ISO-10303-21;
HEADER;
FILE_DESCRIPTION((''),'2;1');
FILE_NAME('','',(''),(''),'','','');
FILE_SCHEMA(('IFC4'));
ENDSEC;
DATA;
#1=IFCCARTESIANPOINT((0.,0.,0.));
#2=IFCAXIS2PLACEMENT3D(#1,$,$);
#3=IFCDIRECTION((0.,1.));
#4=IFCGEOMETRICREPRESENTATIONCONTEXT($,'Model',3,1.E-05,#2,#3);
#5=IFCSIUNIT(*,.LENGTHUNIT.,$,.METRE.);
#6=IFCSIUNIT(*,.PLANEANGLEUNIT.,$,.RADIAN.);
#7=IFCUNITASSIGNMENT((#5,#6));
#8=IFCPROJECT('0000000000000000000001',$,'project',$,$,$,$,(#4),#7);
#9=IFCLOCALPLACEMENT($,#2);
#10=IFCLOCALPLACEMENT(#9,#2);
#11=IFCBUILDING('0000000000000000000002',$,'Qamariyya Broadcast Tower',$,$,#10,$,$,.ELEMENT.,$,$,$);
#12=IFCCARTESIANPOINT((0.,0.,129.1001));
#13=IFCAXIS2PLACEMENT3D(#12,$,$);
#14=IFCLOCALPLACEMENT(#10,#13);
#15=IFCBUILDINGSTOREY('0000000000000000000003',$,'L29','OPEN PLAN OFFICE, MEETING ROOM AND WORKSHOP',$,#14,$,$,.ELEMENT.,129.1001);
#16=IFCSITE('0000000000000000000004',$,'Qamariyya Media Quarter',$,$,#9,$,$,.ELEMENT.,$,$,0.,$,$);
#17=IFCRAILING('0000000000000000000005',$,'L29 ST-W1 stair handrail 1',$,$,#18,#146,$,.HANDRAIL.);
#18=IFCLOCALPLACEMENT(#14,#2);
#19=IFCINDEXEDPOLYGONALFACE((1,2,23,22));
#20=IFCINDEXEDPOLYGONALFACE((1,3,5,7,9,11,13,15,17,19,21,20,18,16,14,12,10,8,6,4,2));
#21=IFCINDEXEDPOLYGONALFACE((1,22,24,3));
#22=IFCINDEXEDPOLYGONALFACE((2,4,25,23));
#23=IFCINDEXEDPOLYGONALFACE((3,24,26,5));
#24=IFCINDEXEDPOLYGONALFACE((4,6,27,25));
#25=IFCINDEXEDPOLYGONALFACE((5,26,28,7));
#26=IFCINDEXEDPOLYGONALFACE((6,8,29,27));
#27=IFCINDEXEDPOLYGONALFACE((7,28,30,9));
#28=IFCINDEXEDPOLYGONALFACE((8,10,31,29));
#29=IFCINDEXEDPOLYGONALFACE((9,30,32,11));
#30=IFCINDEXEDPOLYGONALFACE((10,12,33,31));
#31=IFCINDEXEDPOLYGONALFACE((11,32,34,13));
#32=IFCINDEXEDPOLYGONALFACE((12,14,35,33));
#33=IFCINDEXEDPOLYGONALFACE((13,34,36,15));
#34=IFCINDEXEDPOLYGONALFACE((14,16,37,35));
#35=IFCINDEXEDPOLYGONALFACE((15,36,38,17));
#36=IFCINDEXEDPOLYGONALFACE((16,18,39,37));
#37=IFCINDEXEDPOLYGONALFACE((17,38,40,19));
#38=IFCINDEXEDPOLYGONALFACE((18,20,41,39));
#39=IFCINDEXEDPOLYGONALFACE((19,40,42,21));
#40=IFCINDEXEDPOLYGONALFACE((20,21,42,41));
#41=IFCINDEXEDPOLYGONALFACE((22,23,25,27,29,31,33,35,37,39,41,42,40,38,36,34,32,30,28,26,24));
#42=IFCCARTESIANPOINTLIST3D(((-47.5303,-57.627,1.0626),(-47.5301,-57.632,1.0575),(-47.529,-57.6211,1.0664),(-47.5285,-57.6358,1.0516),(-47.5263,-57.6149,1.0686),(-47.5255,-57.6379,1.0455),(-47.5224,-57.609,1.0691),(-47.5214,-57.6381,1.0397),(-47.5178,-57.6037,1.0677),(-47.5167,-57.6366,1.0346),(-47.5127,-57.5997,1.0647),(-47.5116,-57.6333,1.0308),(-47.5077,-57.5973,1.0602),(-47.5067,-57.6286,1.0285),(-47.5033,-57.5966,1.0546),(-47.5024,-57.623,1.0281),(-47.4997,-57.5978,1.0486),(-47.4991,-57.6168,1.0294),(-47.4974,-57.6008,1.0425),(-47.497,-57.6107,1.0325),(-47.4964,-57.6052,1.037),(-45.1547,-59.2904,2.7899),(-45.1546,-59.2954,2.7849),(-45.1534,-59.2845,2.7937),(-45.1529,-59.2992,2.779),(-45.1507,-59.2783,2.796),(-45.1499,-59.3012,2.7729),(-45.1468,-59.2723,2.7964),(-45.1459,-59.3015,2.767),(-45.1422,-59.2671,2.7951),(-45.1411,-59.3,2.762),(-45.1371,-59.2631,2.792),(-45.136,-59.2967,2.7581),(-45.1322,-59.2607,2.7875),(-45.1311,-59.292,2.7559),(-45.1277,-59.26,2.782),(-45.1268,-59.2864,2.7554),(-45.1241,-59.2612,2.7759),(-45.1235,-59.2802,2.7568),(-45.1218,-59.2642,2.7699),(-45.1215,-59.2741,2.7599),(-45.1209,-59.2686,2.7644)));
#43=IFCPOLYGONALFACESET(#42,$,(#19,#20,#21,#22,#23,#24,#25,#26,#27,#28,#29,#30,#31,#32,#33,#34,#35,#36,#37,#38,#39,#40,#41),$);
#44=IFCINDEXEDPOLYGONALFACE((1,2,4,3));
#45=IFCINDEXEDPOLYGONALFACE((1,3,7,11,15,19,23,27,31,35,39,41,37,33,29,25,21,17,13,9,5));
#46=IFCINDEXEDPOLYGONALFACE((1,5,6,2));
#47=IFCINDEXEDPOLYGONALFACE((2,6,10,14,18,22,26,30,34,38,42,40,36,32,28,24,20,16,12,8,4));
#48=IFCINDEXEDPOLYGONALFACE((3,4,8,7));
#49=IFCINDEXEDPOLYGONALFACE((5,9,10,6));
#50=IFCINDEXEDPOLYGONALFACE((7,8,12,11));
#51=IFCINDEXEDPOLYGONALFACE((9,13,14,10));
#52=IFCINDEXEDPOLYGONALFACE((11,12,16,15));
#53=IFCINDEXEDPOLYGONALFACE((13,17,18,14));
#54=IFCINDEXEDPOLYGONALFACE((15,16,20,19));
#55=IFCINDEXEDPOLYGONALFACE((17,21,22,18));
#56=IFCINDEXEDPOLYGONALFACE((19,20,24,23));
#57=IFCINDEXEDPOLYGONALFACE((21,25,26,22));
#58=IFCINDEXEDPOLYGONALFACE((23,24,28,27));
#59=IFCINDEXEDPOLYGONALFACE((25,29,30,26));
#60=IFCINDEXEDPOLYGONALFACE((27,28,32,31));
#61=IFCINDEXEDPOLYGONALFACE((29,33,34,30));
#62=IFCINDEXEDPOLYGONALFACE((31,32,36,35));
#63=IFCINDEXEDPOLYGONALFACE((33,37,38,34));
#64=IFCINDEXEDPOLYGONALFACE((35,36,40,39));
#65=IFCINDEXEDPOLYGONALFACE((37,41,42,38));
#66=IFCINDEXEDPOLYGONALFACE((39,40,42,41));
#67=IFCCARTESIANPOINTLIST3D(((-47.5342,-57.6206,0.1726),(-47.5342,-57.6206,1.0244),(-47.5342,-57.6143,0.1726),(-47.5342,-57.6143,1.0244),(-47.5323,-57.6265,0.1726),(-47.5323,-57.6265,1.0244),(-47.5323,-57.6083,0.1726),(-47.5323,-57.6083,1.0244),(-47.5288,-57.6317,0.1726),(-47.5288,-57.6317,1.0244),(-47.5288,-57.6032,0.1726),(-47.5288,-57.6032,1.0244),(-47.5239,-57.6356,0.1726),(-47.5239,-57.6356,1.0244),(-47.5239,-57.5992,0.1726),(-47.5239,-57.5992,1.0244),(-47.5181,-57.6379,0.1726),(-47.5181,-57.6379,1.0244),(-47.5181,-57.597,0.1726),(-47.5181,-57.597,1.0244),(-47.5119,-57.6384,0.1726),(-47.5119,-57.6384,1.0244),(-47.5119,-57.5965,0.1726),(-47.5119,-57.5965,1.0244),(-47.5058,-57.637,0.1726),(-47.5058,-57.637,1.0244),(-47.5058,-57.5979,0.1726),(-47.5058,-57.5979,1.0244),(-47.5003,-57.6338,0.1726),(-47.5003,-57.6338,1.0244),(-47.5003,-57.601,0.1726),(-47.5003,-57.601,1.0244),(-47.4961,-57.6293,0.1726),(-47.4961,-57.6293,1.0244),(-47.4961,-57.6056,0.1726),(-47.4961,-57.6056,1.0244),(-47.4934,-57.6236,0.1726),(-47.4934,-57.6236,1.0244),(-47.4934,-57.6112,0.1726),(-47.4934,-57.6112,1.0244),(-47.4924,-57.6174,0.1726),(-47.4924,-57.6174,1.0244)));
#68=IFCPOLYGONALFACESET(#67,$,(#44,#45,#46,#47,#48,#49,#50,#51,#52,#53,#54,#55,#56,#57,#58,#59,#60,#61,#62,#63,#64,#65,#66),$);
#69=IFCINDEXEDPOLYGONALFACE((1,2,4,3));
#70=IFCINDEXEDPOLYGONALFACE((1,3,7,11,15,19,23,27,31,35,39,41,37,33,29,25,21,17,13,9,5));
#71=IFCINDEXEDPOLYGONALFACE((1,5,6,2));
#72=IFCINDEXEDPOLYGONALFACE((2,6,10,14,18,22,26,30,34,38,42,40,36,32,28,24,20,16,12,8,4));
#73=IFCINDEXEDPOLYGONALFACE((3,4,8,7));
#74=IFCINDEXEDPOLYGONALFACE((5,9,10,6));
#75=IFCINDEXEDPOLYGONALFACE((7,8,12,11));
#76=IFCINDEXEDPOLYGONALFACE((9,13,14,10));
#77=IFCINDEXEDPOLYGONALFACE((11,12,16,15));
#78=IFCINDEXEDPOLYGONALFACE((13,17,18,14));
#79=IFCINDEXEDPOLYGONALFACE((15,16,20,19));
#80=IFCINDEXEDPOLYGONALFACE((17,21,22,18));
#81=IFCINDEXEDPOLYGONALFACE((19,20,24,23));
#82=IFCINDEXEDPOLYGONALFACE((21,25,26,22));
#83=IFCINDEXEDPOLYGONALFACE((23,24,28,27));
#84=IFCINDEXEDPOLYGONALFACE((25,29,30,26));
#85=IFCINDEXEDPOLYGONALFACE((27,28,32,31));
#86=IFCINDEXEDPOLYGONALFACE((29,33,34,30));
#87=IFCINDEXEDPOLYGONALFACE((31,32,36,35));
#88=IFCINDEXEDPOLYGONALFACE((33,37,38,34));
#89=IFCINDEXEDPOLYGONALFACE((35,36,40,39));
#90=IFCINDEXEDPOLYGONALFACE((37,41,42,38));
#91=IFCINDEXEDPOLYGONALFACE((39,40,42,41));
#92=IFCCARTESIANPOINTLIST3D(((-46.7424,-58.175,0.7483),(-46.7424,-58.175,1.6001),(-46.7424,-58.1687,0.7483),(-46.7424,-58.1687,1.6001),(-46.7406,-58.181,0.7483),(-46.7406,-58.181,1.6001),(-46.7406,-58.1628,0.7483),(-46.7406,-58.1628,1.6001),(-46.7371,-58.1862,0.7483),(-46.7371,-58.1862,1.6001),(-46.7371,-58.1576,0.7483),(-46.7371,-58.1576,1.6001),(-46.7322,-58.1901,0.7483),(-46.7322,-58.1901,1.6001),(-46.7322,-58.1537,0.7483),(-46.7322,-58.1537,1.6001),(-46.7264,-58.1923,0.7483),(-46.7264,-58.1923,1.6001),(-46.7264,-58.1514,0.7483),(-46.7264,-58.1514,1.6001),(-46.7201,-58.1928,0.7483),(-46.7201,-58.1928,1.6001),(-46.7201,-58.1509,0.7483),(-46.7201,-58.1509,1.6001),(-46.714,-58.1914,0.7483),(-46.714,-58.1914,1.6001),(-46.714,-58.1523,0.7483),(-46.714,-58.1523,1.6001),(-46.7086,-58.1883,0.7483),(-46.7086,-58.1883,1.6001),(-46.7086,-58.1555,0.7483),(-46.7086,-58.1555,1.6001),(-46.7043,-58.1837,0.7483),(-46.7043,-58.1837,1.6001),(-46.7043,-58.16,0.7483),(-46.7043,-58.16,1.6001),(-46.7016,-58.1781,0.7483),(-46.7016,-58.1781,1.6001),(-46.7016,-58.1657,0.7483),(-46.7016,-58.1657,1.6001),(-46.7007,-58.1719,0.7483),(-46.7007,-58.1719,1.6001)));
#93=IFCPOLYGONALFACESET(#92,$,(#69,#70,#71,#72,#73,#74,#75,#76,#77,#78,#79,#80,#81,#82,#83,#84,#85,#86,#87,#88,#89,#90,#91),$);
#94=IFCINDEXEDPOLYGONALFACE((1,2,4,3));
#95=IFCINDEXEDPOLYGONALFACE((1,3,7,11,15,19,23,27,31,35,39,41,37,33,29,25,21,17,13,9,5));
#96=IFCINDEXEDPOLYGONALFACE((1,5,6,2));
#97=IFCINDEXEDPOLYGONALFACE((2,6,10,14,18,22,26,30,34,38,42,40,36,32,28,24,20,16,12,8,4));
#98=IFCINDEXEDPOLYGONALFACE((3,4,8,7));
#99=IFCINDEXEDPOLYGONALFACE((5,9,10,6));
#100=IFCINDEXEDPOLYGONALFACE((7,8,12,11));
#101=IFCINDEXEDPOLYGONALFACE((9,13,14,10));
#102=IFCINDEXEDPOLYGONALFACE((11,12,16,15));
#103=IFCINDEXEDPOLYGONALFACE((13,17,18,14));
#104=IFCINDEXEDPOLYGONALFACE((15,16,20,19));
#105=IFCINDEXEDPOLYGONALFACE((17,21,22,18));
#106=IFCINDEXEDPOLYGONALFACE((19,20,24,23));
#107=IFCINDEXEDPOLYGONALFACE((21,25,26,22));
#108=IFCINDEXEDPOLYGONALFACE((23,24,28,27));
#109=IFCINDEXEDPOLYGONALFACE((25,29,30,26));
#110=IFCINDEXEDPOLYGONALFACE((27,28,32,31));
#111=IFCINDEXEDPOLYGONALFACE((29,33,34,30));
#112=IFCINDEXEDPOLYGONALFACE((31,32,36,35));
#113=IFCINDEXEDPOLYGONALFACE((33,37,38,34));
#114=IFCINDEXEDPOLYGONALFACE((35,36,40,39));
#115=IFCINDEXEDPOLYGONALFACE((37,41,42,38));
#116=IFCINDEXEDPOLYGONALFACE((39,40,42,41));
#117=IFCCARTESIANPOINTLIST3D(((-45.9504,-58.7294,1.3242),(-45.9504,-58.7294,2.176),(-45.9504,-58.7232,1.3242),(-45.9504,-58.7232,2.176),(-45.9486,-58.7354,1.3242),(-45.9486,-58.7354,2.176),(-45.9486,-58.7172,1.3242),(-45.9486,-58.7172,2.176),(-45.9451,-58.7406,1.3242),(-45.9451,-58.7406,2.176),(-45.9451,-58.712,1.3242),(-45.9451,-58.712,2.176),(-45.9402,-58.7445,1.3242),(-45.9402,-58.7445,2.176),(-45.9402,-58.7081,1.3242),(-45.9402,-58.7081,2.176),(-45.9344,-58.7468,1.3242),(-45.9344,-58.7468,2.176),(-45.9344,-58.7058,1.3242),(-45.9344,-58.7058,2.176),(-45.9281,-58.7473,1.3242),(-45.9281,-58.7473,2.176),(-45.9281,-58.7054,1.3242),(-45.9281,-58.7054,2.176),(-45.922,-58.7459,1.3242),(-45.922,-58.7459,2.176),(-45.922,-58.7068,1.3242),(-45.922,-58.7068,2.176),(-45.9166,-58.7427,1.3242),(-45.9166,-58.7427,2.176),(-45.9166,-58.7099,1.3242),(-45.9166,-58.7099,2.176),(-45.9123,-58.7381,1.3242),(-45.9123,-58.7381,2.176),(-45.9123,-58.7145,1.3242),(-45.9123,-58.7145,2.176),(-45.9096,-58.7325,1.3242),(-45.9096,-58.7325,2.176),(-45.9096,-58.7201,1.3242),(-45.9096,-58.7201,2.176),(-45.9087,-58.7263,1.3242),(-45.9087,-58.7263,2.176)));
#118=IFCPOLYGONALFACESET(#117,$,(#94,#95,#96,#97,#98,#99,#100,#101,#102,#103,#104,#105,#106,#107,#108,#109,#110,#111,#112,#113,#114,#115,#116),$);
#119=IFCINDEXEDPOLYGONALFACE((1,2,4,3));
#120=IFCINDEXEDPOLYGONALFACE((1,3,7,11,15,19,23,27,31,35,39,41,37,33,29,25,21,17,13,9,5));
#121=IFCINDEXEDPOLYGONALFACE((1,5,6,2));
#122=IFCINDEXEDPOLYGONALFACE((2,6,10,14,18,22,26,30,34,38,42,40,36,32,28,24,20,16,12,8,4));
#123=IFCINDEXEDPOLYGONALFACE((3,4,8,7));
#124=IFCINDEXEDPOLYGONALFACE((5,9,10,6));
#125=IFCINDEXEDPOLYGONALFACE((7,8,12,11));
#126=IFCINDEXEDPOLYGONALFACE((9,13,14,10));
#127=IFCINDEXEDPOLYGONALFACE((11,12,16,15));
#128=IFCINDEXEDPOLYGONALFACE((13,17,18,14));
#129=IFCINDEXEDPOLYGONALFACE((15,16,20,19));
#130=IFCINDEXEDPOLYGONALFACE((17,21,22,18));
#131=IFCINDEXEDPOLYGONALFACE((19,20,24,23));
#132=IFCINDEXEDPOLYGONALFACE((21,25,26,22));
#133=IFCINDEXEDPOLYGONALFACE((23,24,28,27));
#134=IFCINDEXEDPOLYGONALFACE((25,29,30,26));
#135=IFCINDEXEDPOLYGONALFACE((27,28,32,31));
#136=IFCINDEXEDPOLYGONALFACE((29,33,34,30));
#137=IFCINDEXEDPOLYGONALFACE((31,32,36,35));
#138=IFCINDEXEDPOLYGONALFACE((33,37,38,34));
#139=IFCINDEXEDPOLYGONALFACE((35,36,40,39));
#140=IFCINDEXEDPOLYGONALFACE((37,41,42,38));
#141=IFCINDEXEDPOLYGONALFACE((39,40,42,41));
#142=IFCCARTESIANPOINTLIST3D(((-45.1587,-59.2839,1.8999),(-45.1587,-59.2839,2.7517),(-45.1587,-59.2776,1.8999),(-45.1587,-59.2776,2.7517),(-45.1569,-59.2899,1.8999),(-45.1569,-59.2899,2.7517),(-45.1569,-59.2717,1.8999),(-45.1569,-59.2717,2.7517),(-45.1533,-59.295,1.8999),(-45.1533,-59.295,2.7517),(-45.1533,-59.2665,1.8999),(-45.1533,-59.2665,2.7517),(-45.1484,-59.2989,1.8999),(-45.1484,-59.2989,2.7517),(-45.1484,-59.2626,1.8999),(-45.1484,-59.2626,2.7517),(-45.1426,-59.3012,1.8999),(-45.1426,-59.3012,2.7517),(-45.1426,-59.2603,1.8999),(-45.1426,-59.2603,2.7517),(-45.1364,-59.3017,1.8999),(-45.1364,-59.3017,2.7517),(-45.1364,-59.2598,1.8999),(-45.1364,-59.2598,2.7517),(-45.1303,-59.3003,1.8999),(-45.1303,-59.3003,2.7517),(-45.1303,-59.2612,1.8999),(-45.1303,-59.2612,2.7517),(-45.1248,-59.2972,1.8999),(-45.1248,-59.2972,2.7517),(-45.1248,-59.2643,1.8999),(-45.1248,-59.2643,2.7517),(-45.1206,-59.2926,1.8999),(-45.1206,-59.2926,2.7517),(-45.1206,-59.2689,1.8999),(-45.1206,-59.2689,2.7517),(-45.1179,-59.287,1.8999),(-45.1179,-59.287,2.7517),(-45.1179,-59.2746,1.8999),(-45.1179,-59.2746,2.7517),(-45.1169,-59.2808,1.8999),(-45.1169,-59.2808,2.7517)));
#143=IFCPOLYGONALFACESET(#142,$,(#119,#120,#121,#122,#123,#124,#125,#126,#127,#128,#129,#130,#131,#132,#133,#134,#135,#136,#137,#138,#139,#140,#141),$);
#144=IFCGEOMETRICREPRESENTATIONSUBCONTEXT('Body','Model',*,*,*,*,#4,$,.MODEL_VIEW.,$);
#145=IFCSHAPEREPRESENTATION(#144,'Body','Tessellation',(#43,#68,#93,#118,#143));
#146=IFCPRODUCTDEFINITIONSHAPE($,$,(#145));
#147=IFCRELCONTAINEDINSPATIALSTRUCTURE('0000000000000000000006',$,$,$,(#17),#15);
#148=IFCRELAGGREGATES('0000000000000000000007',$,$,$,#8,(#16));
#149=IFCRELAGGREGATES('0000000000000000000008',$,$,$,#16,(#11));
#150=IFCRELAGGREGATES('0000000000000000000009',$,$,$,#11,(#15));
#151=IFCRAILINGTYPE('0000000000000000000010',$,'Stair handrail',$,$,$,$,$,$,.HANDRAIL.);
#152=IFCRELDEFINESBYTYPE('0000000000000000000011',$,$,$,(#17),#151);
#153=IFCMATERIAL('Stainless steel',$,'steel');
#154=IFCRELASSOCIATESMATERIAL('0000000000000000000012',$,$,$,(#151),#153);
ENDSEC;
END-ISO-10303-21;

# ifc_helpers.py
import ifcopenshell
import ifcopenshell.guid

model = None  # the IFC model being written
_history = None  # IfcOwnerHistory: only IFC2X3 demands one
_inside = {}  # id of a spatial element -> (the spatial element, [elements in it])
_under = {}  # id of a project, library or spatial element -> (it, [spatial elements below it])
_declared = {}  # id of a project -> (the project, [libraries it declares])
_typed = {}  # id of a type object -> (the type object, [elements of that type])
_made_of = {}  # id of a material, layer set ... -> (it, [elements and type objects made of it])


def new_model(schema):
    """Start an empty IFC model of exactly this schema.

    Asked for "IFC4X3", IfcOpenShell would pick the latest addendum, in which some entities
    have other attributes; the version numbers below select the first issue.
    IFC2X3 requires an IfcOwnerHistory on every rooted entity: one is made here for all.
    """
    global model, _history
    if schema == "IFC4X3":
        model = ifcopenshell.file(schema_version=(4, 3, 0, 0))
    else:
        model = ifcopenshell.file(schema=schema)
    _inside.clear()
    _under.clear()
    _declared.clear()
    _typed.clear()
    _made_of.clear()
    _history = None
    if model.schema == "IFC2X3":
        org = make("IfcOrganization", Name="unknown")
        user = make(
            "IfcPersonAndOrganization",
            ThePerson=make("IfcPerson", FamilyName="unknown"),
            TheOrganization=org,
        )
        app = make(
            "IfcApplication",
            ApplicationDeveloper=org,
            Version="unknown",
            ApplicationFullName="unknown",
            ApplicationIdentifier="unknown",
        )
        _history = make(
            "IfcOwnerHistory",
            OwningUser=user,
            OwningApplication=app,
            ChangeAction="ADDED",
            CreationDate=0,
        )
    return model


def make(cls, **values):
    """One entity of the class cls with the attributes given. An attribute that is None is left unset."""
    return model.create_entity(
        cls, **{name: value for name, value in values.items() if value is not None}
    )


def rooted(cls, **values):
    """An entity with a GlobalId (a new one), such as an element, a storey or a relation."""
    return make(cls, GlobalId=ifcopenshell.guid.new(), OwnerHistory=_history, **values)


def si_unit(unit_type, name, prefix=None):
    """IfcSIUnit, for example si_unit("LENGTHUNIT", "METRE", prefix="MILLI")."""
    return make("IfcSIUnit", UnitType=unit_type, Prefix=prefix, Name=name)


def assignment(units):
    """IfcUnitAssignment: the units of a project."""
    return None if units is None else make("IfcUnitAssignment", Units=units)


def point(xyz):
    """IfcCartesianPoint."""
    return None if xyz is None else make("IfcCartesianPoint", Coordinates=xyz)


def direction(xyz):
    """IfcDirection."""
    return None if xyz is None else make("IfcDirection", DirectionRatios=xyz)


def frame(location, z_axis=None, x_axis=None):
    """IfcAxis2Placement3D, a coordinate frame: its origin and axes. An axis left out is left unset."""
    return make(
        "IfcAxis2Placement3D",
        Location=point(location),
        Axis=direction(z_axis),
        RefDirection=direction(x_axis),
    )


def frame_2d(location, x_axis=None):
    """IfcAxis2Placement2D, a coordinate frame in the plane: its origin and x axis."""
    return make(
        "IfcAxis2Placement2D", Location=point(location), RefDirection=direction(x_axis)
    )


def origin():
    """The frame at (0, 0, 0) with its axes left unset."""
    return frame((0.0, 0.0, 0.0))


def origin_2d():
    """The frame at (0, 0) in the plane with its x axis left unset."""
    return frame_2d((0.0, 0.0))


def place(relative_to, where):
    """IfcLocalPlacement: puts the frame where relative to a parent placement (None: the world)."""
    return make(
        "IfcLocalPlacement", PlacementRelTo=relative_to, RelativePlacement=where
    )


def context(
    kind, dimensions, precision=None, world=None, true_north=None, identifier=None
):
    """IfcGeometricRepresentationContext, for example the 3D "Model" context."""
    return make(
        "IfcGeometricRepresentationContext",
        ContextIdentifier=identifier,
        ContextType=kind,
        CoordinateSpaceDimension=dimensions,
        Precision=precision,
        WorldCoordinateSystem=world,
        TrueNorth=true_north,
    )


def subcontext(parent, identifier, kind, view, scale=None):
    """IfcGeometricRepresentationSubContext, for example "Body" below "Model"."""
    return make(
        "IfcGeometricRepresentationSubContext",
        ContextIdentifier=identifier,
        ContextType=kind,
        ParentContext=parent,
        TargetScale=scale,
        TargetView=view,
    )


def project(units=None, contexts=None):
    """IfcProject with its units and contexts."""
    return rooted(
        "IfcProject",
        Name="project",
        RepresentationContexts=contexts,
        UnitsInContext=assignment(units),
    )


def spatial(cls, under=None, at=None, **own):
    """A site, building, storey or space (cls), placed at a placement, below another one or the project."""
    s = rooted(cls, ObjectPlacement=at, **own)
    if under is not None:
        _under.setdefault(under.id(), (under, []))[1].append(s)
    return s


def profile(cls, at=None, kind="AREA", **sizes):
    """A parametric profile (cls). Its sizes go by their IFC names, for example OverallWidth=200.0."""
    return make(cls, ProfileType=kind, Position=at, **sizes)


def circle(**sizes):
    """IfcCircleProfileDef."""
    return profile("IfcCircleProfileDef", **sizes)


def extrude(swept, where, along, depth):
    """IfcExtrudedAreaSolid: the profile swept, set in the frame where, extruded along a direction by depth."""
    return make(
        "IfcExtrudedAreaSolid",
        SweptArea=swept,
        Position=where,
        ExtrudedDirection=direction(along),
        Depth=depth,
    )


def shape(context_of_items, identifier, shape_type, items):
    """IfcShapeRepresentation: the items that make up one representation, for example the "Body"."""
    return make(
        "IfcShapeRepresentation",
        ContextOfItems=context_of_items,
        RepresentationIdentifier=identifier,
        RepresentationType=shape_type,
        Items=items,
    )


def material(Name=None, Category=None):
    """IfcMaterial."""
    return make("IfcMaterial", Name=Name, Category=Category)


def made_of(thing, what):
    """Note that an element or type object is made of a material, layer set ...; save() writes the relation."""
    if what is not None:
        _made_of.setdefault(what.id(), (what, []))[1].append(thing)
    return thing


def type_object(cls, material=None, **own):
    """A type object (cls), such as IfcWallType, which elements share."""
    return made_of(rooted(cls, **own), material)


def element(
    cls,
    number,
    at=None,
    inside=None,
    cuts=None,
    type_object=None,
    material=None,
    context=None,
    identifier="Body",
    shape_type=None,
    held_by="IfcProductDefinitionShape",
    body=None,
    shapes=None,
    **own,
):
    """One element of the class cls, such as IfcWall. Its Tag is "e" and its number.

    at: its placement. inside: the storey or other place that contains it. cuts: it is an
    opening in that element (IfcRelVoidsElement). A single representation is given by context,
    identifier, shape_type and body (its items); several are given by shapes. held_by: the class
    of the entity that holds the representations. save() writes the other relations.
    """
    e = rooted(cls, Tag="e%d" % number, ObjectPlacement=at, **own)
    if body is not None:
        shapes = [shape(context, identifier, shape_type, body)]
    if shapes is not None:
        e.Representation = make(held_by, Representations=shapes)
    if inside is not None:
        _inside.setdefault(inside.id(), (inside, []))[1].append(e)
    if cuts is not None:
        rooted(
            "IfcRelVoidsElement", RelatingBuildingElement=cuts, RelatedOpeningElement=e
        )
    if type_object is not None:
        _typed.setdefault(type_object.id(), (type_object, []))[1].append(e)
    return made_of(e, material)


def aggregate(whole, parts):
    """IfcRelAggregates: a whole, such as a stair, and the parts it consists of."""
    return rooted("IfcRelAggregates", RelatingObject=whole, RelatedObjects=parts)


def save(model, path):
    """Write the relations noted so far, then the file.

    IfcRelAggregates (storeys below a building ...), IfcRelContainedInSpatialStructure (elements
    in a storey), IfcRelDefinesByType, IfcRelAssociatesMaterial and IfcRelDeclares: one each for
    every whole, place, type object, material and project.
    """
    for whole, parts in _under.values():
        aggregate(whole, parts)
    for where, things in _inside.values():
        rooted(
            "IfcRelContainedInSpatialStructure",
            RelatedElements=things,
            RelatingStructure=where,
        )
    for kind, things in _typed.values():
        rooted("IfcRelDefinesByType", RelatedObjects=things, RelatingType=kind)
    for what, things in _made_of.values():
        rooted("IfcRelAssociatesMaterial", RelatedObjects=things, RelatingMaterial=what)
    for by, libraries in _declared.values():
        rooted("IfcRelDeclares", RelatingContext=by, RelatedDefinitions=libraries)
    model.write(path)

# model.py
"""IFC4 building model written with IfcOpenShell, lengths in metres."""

from ifc_helpers import new_model, si_unit, direction, frame, origin, origin_2d, place, context, subcontext, project, spatial, circle, extrude, material, type_object, element, save


model = new_model("IFC4")

# Units and contexts
model_context = context("Model", 3, precision=1e-05, world=origin(), true_north=direction((0.0, 1.0)))
body_context = subcontext(model_context, "Body", "Model", "MODEL_VIEW")
ifc_project = project(units=[si_unit("LENGTHUNIT", "METRE"), si_unit("PLANEANGLEUNIT", "RADIAN")], contexts=[model_context])

# Site, building, storey
site_placement = place(None, origin())
site = spatial("IfcSite", under=ifc_project, at=site_placement, Name="Qamariyya Media Quarter", CompositionType="ELEMENT", RefElevation=0.0)
building_placement = place(site_placement, origin())
building = spatial("IfcBuilding", under=site, at=building_placement, Name="Qamariyya Broadcast Tower", CompositionType="ELEMENT")
storey_placement = place(building_placement, frame((0.0, 0.0, 129.1001)))
storey = spatial("IfcBuildingStorey", under=building, at=storey_placement, Name="L29", Description="OPEN PLAN OFFICE, MEETING ROOM AND WORKSHOP", CompositionType="ELEMENT", Elevation=129.1001)

# Railing
ifc_material_1 = material(Name="Stainless steel", Category="steel")
railing_type_1 = type_object("IfcRailingType", Name="Stair handrail", PredefinedType="HANDRAIL", material=ifc_material_1)
railing_1_placement = place(storey_placement, frame((-47.5134, -57.6174, 0.1726)))
element("IfcRailing", 1, at=railing_1_placement, inside=storey, type_object=railing_type_1, Name="L29 ST-W1 stair handrail 1", PredefinedType="HANDRAIL", context=body_context, shape_type="SweptSolid", body=[
    extrude(circle(Radius=0.0239, at=origin_2d()), frame((0.0, 0.0, 0.876), z_axis=(0.70377, -0.492784, 0.511734), x_axis=(0.573575, 0.819153, 0.0)), (0.0, 0.0, 1.0), 3.3755),
    extrude(circle(Radius=0.021, at=origin_2d()), origin(), (0.0, 0.0, 1.0), 0.8518),
    extrude(circle(Radius=0.021, at=origin_2d()), frame((0.7917, -0.5544, 0.5757)), (0.0, 0.0, 1.0), 0.8518),
    extrude(circle(Radius=0.021, at=origin_2d()), frame((1.5837, -1.1089, 1.1516)), (0.0, 0.0, 1.0), 0.8518),
    extrude(circle(Radius=0.021, at=origin_2d()), frame((2.3755, -1.6633, 1.7273)), (0.0, 0.0, 1.0), 0.8518),
])

save(model, "model.ifc")
